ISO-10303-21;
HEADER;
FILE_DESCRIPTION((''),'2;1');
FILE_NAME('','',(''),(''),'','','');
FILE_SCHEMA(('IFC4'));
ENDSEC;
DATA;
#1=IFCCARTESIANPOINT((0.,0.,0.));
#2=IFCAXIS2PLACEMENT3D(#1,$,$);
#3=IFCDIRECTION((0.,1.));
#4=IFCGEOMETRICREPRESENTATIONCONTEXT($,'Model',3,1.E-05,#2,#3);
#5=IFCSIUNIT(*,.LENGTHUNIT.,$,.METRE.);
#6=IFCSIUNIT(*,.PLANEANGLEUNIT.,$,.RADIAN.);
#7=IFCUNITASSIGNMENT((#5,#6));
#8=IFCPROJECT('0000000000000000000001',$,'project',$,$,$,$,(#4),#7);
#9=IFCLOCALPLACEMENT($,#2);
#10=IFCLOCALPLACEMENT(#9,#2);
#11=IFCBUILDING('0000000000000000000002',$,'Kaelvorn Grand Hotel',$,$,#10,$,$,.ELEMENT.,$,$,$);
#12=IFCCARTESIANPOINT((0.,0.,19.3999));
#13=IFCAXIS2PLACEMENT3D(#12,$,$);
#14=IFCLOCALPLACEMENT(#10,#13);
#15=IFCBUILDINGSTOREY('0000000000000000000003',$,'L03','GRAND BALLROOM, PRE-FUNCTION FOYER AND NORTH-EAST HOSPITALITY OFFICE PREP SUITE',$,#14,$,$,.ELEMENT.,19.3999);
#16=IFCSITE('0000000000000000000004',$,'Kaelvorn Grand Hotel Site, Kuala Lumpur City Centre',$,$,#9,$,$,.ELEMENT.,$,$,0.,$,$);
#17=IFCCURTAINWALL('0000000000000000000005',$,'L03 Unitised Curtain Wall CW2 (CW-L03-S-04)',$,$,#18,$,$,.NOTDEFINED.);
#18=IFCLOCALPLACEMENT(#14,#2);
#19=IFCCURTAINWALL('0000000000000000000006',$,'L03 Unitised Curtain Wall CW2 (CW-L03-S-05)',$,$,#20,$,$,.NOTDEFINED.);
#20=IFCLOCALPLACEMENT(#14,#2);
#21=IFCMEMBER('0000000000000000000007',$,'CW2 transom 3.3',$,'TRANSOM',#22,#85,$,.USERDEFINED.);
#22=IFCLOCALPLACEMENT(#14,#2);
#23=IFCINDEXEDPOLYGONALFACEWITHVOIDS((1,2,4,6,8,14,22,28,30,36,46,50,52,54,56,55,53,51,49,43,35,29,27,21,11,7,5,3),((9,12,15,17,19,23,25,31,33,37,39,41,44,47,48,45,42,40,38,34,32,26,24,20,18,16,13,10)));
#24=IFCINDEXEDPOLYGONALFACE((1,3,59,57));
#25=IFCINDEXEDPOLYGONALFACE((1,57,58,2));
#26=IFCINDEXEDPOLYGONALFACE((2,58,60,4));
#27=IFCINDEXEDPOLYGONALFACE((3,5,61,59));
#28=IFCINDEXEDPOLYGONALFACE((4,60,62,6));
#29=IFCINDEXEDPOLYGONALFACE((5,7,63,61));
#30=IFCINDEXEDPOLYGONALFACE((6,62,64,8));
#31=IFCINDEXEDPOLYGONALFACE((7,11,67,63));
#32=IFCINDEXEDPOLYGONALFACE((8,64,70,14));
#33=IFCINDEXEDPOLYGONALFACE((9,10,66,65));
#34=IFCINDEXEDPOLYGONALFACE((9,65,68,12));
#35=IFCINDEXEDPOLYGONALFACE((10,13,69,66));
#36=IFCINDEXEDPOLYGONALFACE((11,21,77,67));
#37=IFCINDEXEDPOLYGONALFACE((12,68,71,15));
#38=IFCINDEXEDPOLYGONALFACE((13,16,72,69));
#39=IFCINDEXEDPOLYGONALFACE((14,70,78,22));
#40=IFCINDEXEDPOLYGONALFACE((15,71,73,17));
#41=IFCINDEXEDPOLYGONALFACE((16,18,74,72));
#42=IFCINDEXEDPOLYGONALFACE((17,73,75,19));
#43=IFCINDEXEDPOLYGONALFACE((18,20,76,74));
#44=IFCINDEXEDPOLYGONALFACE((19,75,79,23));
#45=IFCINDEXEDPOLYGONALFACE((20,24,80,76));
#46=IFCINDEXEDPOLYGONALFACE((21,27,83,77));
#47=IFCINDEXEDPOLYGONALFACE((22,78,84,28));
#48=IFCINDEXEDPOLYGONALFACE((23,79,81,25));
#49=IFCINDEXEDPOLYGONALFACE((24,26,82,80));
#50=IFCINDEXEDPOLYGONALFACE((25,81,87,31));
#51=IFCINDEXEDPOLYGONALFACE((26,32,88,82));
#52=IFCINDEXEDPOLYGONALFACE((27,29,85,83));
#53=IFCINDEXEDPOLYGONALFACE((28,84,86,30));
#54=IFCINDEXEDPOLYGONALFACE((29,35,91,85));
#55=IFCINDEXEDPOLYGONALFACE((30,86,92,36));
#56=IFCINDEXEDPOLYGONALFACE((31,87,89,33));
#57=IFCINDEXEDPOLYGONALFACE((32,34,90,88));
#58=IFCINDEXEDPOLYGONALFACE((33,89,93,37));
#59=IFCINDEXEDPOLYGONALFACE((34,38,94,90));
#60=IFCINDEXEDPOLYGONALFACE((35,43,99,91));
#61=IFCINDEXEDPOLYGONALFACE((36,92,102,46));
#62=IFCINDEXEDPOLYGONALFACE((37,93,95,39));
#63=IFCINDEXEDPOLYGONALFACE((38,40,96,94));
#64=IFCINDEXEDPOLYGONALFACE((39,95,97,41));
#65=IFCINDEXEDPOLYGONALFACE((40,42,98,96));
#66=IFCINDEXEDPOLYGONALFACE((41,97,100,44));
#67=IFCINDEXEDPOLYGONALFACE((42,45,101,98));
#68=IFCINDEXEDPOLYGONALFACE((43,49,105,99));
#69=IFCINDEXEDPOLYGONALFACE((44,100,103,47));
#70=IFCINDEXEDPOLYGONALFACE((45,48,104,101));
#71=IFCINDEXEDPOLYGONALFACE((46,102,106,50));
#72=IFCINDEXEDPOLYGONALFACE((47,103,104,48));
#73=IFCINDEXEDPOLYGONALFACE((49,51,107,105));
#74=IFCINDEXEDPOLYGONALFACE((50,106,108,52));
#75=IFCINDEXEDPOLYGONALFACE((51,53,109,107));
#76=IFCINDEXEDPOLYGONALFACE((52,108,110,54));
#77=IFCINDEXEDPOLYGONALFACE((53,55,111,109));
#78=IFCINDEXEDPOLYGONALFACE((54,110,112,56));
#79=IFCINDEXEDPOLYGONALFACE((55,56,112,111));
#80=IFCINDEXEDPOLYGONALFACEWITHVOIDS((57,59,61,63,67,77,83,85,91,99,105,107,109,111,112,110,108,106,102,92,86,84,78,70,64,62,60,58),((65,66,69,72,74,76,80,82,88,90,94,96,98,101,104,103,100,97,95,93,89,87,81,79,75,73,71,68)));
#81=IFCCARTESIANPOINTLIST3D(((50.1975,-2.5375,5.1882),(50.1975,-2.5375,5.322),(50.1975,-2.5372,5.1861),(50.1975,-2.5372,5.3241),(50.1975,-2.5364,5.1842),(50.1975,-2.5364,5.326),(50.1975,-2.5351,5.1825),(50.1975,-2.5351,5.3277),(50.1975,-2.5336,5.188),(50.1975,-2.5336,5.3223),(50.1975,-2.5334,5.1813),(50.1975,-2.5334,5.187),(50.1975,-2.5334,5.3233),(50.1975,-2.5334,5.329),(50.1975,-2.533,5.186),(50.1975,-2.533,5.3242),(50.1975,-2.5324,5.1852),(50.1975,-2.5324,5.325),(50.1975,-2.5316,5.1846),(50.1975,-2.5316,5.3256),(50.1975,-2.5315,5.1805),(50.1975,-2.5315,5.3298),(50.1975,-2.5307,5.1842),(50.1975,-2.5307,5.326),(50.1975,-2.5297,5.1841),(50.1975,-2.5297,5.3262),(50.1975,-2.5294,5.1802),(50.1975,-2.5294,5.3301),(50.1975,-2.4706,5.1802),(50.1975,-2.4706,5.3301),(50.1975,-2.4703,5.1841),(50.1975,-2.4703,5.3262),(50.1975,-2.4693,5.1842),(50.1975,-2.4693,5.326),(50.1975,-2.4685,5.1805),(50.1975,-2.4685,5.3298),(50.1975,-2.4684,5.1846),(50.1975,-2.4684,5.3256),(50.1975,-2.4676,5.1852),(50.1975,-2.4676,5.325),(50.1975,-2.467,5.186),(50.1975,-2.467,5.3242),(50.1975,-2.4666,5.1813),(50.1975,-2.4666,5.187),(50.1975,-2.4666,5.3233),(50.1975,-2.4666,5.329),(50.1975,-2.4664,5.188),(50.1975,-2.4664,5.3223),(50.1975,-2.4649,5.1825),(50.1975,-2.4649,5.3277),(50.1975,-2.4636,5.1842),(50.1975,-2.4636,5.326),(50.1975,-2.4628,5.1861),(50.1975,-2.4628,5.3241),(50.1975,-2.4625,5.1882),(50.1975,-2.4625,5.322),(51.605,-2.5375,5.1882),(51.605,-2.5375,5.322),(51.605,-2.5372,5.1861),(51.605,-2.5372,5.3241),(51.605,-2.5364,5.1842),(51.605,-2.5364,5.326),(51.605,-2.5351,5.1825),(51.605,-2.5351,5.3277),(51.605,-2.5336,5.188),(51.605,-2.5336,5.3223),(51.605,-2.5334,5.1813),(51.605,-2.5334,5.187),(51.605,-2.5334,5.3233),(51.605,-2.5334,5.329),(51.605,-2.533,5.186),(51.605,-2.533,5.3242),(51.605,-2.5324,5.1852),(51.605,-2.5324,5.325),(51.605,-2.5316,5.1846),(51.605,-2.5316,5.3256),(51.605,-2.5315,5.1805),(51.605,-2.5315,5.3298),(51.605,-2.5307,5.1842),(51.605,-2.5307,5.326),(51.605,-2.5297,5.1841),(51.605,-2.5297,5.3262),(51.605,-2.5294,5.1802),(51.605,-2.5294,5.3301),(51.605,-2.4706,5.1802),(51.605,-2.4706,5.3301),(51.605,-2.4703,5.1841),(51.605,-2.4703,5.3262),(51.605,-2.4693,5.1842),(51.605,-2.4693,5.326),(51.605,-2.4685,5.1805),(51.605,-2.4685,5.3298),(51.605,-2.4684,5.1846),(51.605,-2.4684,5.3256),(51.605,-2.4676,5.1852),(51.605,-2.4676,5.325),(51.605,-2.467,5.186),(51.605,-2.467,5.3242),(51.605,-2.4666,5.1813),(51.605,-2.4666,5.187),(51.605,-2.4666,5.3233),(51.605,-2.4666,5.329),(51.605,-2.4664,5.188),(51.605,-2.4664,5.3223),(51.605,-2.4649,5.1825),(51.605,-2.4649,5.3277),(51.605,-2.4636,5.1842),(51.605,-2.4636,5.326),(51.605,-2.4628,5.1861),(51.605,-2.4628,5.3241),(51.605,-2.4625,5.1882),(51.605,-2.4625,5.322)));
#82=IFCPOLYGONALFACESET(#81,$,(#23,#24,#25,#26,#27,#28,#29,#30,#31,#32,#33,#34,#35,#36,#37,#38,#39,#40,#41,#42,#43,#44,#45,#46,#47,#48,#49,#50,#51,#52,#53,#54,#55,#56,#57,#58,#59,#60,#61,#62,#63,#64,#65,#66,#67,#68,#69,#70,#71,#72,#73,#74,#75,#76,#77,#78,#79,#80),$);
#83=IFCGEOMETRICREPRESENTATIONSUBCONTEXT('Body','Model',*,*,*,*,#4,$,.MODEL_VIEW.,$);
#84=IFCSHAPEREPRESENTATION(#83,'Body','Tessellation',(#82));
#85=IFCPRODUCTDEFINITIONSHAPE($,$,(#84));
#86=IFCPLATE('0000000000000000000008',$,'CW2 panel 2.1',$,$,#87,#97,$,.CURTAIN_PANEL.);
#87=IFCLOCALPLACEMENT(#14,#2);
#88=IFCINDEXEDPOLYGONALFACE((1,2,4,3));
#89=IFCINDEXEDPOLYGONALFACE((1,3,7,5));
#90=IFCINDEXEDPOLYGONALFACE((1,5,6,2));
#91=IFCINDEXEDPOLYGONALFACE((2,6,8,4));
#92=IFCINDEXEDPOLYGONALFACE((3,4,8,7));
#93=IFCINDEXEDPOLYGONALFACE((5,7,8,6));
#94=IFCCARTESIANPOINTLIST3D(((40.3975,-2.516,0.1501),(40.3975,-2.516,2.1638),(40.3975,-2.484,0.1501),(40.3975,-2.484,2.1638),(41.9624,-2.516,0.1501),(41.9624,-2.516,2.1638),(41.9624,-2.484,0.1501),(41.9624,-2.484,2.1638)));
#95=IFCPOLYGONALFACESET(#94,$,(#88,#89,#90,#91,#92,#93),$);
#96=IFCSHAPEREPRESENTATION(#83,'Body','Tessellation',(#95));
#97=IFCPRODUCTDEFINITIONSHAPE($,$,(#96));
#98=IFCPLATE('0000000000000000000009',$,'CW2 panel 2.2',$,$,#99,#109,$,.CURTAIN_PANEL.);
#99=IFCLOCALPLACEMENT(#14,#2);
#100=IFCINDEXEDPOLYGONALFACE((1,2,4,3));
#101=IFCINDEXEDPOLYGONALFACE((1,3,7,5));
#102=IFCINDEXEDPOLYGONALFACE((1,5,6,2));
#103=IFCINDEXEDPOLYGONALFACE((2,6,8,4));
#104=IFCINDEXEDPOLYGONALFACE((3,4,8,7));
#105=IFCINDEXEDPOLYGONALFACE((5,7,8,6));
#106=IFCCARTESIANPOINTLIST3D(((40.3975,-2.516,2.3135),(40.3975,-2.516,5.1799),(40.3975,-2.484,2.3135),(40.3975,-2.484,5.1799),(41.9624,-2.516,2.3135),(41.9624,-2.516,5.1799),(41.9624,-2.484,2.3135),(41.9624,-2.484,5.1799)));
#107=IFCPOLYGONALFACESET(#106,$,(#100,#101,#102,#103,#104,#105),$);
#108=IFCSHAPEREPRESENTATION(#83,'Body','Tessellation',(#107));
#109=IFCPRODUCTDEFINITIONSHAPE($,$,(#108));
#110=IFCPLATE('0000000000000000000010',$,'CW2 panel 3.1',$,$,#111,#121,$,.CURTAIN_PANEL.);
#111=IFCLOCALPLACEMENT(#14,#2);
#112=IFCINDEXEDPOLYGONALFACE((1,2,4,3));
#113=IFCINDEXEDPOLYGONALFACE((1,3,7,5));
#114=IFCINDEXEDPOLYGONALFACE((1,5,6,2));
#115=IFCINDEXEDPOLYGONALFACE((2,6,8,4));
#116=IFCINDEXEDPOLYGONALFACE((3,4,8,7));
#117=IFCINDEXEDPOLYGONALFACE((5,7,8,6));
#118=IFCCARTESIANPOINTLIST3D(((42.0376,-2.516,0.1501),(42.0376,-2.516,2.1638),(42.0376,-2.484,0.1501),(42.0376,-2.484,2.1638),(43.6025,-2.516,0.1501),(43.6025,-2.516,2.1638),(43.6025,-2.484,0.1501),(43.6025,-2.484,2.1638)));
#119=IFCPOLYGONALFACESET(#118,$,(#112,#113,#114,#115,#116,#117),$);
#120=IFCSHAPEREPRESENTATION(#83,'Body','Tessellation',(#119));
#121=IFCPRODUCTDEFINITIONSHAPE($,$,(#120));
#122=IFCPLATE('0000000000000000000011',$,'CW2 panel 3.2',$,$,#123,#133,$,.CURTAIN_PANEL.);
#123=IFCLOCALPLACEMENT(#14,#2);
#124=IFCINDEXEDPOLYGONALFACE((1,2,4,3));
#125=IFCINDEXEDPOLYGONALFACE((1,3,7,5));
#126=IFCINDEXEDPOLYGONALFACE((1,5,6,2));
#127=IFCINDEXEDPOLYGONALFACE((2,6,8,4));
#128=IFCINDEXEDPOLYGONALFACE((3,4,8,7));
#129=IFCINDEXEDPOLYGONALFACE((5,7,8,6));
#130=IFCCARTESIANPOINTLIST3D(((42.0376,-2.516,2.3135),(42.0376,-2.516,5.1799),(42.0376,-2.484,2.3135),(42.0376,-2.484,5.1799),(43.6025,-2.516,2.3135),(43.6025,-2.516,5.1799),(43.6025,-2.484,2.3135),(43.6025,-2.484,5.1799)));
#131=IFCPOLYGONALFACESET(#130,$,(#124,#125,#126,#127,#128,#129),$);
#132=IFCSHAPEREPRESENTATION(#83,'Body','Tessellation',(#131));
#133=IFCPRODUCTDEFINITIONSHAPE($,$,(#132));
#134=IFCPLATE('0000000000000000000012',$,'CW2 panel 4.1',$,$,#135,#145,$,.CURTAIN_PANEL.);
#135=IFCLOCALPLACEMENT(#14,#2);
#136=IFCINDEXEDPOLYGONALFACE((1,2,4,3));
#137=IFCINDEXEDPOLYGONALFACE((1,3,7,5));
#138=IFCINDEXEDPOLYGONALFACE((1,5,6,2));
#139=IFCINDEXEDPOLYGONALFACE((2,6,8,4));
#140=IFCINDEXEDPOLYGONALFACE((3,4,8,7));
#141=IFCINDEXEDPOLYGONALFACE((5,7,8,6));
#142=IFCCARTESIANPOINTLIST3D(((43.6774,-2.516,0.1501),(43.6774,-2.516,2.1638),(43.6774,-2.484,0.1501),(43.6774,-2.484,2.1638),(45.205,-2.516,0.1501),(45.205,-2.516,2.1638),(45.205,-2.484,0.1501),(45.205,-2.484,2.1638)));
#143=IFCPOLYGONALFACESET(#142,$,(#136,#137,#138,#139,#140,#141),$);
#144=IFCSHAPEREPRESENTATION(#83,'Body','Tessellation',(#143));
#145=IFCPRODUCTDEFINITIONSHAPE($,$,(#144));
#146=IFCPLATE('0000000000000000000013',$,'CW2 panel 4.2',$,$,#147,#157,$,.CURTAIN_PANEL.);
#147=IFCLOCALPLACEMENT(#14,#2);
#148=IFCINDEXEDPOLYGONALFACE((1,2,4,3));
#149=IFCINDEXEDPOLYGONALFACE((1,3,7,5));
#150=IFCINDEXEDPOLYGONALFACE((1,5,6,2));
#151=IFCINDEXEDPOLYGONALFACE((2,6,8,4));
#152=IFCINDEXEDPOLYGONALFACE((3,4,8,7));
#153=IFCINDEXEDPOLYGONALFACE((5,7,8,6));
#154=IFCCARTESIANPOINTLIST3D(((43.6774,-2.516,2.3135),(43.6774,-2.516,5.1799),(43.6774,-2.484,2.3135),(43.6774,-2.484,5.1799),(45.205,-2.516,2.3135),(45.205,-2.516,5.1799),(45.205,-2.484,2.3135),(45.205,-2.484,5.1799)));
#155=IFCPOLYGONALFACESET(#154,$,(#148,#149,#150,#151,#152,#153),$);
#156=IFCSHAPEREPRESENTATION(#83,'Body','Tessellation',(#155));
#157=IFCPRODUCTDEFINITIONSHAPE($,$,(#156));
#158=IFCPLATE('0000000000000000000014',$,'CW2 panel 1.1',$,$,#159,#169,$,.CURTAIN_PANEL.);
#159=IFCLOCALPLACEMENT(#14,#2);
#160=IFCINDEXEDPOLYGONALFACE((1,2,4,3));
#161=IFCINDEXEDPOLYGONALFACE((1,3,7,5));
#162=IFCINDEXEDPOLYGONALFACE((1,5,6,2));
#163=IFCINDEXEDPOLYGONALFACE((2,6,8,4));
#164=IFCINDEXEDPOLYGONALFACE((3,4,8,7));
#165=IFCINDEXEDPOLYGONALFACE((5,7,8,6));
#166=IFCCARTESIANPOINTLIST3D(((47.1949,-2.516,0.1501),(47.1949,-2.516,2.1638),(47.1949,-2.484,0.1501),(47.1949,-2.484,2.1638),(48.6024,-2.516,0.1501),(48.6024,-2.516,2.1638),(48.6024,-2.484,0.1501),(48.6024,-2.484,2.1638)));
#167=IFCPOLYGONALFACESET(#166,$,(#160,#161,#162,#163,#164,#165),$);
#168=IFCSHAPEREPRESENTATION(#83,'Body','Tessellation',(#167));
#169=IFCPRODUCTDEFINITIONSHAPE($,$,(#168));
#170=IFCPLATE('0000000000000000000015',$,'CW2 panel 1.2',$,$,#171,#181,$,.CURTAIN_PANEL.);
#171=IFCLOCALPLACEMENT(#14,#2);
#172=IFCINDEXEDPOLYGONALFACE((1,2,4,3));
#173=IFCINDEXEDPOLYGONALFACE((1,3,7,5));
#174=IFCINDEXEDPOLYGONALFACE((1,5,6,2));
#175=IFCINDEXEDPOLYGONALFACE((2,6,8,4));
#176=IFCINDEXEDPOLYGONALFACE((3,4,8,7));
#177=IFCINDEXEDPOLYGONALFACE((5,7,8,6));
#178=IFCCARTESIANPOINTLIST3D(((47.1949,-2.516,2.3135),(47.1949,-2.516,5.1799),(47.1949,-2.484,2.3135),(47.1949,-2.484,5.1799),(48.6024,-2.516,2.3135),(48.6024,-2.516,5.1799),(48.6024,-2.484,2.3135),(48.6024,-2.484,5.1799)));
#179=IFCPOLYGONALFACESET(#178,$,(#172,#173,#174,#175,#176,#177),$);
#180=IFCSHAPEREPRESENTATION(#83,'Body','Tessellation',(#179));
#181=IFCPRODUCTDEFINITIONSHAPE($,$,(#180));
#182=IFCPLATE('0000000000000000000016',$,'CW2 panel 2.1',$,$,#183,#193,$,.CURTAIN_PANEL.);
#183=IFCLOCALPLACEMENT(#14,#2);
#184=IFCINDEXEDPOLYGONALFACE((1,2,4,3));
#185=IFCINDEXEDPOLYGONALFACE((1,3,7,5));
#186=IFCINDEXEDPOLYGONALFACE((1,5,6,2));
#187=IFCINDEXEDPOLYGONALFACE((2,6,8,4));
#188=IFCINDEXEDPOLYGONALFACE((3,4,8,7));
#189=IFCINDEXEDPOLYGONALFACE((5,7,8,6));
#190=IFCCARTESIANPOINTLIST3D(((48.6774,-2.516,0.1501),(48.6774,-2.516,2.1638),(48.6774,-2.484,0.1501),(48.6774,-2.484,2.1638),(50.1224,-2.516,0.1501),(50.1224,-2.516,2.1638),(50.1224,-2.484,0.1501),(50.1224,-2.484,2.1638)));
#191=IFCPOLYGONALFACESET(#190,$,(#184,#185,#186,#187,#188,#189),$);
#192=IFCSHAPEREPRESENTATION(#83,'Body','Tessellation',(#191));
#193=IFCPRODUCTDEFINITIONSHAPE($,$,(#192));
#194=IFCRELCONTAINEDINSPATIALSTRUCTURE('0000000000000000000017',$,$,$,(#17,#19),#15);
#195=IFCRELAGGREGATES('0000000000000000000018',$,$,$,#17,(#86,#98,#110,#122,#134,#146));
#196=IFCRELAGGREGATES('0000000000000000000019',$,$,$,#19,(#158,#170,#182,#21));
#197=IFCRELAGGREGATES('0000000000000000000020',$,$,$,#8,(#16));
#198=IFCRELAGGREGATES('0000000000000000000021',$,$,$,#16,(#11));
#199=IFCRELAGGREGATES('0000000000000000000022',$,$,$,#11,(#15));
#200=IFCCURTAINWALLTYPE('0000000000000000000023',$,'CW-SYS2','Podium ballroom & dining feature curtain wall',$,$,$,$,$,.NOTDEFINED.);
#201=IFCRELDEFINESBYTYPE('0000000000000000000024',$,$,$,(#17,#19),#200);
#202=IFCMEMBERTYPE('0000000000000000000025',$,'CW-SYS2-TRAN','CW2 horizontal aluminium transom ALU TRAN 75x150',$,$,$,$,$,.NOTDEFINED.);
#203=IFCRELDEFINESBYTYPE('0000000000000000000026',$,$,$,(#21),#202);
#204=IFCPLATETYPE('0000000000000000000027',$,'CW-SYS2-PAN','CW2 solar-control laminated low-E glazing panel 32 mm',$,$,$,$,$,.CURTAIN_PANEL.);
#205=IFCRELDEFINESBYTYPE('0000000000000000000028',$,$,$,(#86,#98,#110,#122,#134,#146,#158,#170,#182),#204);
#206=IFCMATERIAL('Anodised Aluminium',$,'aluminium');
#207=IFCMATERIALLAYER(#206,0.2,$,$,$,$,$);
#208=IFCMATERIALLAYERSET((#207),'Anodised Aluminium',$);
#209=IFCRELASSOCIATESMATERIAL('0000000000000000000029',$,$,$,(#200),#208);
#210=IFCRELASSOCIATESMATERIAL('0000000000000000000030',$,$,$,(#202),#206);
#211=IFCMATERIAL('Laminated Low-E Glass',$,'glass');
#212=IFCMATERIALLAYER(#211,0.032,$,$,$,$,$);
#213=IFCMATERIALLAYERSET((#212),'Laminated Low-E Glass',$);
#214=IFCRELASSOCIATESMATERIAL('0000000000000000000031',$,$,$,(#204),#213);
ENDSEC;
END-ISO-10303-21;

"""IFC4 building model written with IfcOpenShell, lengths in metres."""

from ifc_helpers import new_model, si_unit, direction, frame, origin, origin_2d, place, context, subcontext, project, spatial, rectangle, hollow_rectangle, extrude, material, layer, layer_set, material_profile, profile_set, type_object, element, aggregate, save


model = new_model("IFC4")

# Units and contexts
model_context = context("Model", 3, precision=1e-05, world=origin(), true_north=direction((0.0, 1.0)))
body_context = subcontext(model_context, "Body", "Model", "MODEL_VIEW")
ifc_project = project(units=[si_unit("LENGTHUNIT", "METRE"), si_unit("PLANEANGLEUNIT", "RADIAN")], contexts=[model_context])

# Site, building, storey
site_placement = place(None, origin())
site = spatial("IfcSite", under=ifc_project, at=site_placement, Name="Kaelvorn Grand Hotel Site, Kuala Lumpur City Centre", CompositionType="ELEMENT", RefElevation=0.0)
building_placement = place(site_placement, origin())
building = spatial("IfcBuilding", under=site, at=building_placement, Name="Kaelvorn Grand Hotel", CompositionType="ELEMENT")
storey_placement = place(building_placement, frame((0.0, 0.0, 19.3999)))
storey = spatial("IfcBuildingStorey", under=building, at=storey_placement, Name="L03", Description="GRAND BALLROOM, PRE-FUNCTION FOYER AND NORTH-EAST HOSPITALITY OFFICE PREP SUITE", CompositionType="ELEMENT", Elevation=19.3999)

# Curtain walls
ifc_material_1 = material(Name="Anodised Aluminium", Category="aluminium")
ifc_layer_1 = layer(ifc_material_1, 0.2)
ifc_layer_set_1 = layer_set([ifc_layer_1], Name="Anodised Aluminium")
curtain_wall_type = type_object("IfcCurtainWallType", Name="CW-SYS2", Description="Podium ballroom & dining feature curtain wall", PredefinedType="NOTDEFINED", material=ifc_layer_set_1)
curtain_wall_1_placement = place(storey_placement, origin())
curtain_wall_1 = element("IfcCurtainWall", 1, at=curtain_wall_1_placement, inside=storey, type_object=curtain_wall_type, Name="L03 Unitised Curtain Wall CW2 (CW-L03-S-04)", PredefinedType="NOTDEFINED")
curtain_wall_2_placement = place(storey_placement, origin())
curtain_wall_2 = element("IfcCurtainWall", 2, at=curtain_wall_2_placement, inside=storey, type_object=curtain_wall_type, Name="L03 Unitised Curtain Wall CW2 (CW-L03-S-05)", PredefinedType="NOTDEFINED")

# Member
ifc_material_profile_1 = material_profile(ifc_material_1, hollow_rectangle(XDim=0.075, YDim=0.1499, WallThickness=0.0039, InnerFilletRadius=0.0039, OuterFilletRadius=0.0081, at=origin_2d()), Name="ALU TRAN 75x150")
ifc_profile_set_1 = profile_set([ifc_material_profile_1], Name="Anodised Aluminium")
member_type_1 = type_object("IfcMemberType", Name="CW-SYS2-TRAN", Description="CW2 horizontal aluminium transom ALU TRAN 75x150", PredefinedType="NOTDEFINED", material=ifc_profile_set_1)
member_1_placement = place(storey_placement, frame((50.1975, -2.5, 5.2551), z_axis=(1.0, 0.0, 0.0), x_axis=(0.0, 1.0, 0.0)))
member_1 = element("IfcMember", 3, at=member_1_placement, type_object=member_type_1, Name="CW2 transom 3.3", ObjectType="TRANSOM", PredefinedType="USERDEFINED", context=body_context, shape_type="SweptSolid", body=[
    extrude(hollow_rectangle(XDim=0.075, YDim=0.1499, WallThickness=0.0039, InnerFilletRadius=0.0039, OuterFilletRadius=0.0081, at=origin_2d()), origin(), (0.0, 0.0, 1.0), 1.4075),
])

# Plates
ifc_material_2 = material(Name="Laminated Low-E Glass", Category="glass")
ifc_layer_2 = layer(ifc_material_2, 0.032)
ifc_layer_set_2 = layer_set([ifc_layer_2], Name="Laminated Low-E Glass")
plate_type = type_object("IfcPlateType", Name="CW-SYS2-PAN", Description="CW2 solar-control laminated low-E glazing panel 32 mm", PredefinedType="CURTAIN_PANEL", material=ifc_layer_set_2)
plate_1_placement = place(storey_placement, frame((41.1799, -2.5, 0.1501), z_axis=(0.0, 0.0, 1.0), x_axis=(1.0, 0.0, 0.0)))
plate_1 = element("IfcPlate", 4, at=plate_1_placement, type_object=plate_type, Name="CW2 panel 2.1", PredefinedType="CURTAIN_PANEL", context=body_context, shape_type="SweptSolid", body=[
    extrude(rectangle(XDim=1.5649, YDim=0.032, at=origin_2d()), origin(), (0.0, 0.0, 1.0), 2.0137),
])
plate_2_placement = place(storey_placement, frame((41.1799, -2.5, 2.3135), z_axis=(0.0, 0.0, 1.0), x_axis=(1.0, 0.0, 0.0)))
plate_2 = element("IfcPlate", 5, at=plate_2_placement, type_object=plate_type, Name="CW2 panel 2.2", PredefinedType="CURTAIN_PANEL", context=body_context, shape_type="SweptSolid", body=[
    extrude(rectangle(XDim=1.5649, YDim=0.032, at=origin_2d()), origin(), (0.0, 0.0, 1.0), 2.8665),
])
plate_3_placement = place(storey_placement, frame((42.8201, -2.5, 0.1501), z_axis=(0.0, 0.0, 1.0), x_axis=(1.0, 0.0, 0.0)))
plate_3 = element("IfcPlate", 6, at=plate_3_placement, type_object=plate_type, Name="CW2 panel 3.1", PredefinedType="CURTAIN_PANEL", context=body_context, shape_type="SweptSolid", body=[
    extrude(rectangle(XDim=1.5649, YDim=0.032, at=origin_2d()), origin(), (0.0, 0.0, 1.0), 2.0137),
])
plate_4_placement = place(storey_placement, frame((42.8201, -2.5, 2.3135), z_axis=(0.0, 0.0, 1.0), x_axis=(1.0, 0.0, 0.0)))
plate_4 = element("IfcPlate", 7, at=plate_4_placement, type_object=plate_type, Name="CW2 panel 3.2", PredefinedType="CURTAIN_PANEL", context=body_context, shape_type="SweptSolid", body=[
    extrude(rectangle(XDim=1.5649, YDim=0.032, at=origin_2d()), origin(), (0.0, 0.0, 1.0), 2.8665),
])
plate_5_placement = place(storey_placement, frame((44.4412, -2.5, 0.1501), z_axis=(0.0, 0.0, 1.0), x_axis=(1.0, 0.0, 0.0)))
plate_5 = element("IfcPlate", 8, at=plate_5_placement, type_object=plate_type, Name="CW2 panel 4.1", PredefinedType="CURTAIN_PANEL", context=body_context, shape_type="SweptSolid", body=[
    extrude(rectangle(XDim=1.5276, YDim=0.032, at=origin_2d()), origin(), (0.0, 0.0, 1.0), 2.0137),
])
plate_6_placement = place(storey_placement, frame((44.4412, -2.5, 2.3135), z_axis=(0.0, 0.0, 1.0), x_axis=(1.0, 0.0, 0.0)))
plate_6 = element("IfcPlate", 9, at=plate_6_placement, type_object=plate_type, Name="CW2 panel 4.2", PredefinedType="CURTAIN_PANEL", context=body_context, shape_type="SweptSolid", body=[
    extrude(rectangle(XDim=1.5276, YDim=0.032, at=origin_2d()), origin(), (0.0, 0.0, 1.0), 2.8665),
])
aggregate(curtain_wall_1, [plate_1, plate_2, plate_3, plate_4, plate_5, plate_6])
plate_7_placement = place(storey_placement, frame((47.8987, -2.5, 0.1501), z_axis=(0.0, 0.0, 1.0), x_axis=(1.0, 0.0, 0.0)))
plate_7 = element("IfcPlate", 10, at=plate_7_placement, type_object=plate_type, Name="CW2 panel 1.1", PredefinedType="CURTAIN_PANEL", context=body_context, shape_type="SweptSolid", body=[
    extrude(rectangle(XDim=1.4075, YDim=0.032, at=origin_2d()), origin(), (0.0, 0.0, 1.0), 2.0137),
])
plate_8_placement = place(storey_placement, frame((47.8987, -2.5, 2.3135), z_axis=(0.0, 0.0, 1.0), x_axis=(1.0, 0.0, 0.0)))
plate_8 = element("IfcPlate", 11, at=plate_8_placement, type_object=plate_type, Name="CW2 panel 1.2", PredefinedType="CURTAIN_PANEL", context=body_context, shape_type="SweptSolid", body=[
    extrude(rectangle(XDim=1.4075, YDim=0.032, at=origin_2d()), origin(), (0.0, 0.0, 1.0), 2.8665),
])
plate_9_placement = place(storey_placement, frame((49.3999, -2.5, 0.1501), z_axis=(0.0, 0.0, 1.0), x_axis=(1.0, 0.0, 0.0)))
plate_9 = element("IfcPlate", 12, at=plate_9_placement, type_object=plate_type, Name="CW2 panel 2.1", PredefinedType="CURTAIN_PANEL", context=body_context, shape_type="SweptSolid", body=[
    extrude(rectangle(XDim=1.4451, YDim=0.032, at=origin_2d()), origin(), (0.0, 0.0, 1.0), 2.0137),
])
aggregate(curtain_wall_2, [plate_7, plate_8, plate_9, member_1])

save(model, "model.ifc")
